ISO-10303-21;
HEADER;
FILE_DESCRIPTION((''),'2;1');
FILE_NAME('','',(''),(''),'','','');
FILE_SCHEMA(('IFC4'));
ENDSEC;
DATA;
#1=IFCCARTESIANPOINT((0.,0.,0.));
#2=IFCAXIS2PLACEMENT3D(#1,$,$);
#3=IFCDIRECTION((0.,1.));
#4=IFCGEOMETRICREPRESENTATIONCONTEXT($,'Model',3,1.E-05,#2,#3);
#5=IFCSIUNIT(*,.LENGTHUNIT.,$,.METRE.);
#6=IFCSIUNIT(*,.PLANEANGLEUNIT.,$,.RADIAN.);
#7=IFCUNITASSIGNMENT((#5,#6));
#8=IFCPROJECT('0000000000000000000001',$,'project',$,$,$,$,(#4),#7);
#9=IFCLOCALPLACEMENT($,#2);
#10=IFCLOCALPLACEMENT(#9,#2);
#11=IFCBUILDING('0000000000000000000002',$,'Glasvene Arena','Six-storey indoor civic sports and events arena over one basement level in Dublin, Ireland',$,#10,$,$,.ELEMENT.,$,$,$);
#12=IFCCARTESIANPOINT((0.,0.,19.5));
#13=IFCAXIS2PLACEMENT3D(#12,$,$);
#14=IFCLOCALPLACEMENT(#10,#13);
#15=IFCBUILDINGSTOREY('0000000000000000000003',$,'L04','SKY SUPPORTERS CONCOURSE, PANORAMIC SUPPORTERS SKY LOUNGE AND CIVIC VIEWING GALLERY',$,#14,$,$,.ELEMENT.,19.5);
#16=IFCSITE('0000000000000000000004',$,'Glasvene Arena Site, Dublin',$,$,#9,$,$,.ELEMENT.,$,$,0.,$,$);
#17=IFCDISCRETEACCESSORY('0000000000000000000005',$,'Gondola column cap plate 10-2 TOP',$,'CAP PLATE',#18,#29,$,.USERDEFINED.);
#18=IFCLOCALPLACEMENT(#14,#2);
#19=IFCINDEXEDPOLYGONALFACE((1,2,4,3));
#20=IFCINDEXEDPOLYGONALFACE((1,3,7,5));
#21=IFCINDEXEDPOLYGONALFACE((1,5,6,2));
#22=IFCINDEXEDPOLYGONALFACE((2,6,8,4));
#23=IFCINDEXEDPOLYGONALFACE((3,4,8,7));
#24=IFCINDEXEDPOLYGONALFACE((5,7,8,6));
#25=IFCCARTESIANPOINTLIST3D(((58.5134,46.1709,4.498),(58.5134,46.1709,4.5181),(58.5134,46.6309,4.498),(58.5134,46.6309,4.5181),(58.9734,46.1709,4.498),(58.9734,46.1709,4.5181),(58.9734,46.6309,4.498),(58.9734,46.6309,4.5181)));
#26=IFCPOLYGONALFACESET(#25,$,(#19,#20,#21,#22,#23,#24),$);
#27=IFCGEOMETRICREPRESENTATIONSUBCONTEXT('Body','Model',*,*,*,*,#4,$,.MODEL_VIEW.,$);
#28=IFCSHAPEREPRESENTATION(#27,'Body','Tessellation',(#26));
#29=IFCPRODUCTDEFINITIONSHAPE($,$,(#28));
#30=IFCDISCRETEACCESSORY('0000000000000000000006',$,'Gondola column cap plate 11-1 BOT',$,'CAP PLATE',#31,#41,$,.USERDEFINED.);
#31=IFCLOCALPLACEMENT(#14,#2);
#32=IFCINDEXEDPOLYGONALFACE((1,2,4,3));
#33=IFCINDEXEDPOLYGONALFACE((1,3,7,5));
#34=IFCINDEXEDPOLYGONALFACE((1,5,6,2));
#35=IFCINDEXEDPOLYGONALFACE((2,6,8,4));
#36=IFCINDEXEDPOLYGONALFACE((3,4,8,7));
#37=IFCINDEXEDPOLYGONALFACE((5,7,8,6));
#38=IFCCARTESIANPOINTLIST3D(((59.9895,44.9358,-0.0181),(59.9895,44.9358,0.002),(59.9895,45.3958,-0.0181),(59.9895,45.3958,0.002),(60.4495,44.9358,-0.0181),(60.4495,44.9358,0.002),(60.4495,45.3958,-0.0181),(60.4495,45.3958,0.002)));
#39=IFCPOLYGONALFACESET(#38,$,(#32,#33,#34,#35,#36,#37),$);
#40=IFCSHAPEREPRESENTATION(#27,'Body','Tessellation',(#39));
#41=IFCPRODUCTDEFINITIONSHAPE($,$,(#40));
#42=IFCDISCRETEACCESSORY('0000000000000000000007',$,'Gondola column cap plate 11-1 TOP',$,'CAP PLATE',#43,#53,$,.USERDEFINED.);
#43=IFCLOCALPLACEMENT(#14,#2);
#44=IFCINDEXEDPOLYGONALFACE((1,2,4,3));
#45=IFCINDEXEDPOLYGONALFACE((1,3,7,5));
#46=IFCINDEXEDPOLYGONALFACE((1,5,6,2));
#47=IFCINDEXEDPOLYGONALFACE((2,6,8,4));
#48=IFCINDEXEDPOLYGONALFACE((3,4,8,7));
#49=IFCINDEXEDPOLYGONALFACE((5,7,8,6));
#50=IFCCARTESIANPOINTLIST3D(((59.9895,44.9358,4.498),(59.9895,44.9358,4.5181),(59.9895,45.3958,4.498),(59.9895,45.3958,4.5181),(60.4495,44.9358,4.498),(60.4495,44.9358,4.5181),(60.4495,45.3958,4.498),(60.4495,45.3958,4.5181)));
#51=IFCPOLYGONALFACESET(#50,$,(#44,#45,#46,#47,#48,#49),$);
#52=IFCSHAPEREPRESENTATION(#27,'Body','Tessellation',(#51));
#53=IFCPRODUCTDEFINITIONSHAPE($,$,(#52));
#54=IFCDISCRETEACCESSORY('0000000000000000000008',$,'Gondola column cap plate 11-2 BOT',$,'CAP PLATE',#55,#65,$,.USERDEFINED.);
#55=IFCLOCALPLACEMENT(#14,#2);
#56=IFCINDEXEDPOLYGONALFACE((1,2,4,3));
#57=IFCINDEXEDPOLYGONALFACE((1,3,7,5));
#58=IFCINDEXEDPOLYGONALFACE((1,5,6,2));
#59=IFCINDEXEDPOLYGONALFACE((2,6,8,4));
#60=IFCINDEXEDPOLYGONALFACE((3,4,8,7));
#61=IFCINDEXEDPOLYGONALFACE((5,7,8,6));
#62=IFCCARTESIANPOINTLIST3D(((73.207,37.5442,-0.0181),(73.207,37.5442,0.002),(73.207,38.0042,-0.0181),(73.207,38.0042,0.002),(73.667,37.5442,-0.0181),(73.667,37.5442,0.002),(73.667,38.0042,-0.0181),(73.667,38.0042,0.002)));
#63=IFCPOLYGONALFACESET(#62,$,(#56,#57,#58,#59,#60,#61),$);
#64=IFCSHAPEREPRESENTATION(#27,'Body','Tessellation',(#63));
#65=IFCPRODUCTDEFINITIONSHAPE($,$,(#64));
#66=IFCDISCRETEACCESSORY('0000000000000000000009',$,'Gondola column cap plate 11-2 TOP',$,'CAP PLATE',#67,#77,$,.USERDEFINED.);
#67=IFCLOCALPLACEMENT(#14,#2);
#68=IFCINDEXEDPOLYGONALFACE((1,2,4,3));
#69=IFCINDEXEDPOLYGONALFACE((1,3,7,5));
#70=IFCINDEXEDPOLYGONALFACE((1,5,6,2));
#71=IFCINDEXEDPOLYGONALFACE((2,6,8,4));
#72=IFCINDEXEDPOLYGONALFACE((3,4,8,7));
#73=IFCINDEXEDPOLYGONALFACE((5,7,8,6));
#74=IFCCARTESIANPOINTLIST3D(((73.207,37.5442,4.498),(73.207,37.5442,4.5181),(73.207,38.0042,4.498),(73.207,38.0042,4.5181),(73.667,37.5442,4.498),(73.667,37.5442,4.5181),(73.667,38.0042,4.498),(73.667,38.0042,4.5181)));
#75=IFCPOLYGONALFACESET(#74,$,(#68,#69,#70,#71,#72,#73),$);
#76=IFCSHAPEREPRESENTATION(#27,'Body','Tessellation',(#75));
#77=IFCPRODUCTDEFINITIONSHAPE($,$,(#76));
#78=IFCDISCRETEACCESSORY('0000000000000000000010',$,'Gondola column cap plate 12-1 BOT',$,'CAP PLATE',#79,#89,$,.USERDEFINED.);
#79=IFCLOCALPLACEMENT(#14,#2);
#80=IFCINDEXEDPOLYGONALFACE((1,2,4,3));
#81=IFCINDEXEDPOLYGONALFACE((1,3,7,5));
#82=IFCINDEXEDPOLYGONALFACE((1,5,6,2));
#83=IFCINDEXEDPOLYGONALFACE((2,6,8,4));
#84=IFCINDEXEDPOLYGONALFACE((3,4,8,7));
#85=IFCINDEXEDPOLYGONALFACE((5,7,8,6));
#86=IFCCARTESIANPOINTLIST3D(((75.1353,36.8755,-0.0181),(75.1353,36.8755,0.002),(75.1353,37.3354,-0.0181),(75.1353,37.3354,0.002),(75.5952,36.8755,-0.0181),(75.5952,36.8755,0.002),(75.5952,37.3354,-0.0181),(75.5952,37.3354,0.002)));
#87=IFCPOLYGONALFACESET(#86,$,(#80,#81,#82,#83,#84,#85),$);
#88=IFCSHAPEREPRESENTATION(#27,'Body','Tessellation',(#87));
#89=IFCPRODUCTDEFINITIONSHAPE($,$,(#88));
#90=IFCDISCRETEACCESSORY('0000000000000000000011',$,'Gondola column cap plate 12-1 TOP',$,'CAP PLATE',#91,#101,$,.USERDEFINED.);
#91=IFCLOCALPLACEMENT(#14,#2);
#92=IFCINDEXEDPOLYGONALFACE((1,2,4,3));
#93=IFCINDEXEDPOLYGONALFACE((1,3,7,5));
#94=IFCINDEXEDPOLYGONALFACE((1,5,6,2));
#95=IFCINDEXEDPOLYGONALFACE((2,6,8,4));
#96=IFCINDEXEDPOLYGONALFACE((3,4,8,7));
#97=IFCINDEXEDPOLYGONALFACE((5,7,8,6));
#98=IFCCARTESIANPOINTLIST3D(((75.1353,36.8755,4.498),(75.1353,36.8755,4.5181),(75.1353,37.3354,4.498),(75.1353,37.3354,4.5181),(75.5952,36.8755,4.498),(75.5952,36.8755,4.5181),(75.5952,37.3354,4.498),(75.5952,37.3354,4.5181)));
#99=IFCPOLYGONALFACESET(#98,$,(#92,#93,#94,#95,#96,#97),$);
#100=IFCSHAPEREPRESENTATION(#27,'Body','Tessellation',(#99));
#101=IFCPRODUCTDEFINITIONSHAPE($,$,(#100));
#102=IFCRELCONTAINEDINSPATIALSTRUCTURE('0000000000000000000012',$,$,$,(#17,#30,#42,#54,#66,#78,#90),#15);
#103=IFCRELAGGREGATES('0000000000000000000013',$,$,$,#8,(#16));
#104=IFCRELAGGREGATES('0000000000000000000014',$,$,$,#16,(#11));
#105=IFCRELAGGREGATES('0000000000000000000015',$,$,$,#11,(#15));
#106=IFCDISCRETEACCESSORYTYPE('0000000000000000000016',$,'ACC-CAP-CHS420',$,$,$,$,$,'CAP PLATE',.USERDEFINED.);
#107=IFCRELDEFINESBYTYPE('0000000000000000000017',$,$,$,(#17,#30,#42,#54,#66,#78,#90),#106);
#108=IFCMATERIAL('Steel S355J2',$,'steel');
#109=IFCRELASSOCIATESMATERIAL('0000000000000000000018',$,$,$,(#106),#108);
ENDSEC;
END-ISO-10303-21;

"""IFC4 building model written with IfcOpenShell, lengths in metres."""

from ifc_helpers import new_model, si_unit, direction, frame, origin, origin_2d, place, context, subcontext, project, spatial, rectangle, extrude, material, type_object, element, save


model = new_model("IFC4")

# Units and contexts
model_context = context("Model", 3, precision=1e-05, world=origin(), true_north=direction((0.0, 1.0)))
body_context = subcontext(model_context, "Body", "Model", "MODEL_VIEW")
ifc_project = project(units=[si_unit("LENGTHUNIT", "METRE"), si_unit("PLANEANGLEUNIT", "RADIAN")], contexts=[model_context])

# Site, building, storey
site_placement = place(None, origin())
site = spatial("IfcSite", under=ifc_project, at=site_placement, Name="Glasvene Arena Site, Dublin", CompositionType="ELEMENT", RefElevation=0.0)
building_placement = place(site_placement, origin())
building = spatial("IfcBuilding", under=site, at=building_placement, Name="Glasvene Arena", Description="Six-storey indoor civic sports and events arena over one basement level in Dublin, Ireland", CompositionType="ELEMENT")
storey_placement = place(building_placement, frame((0.0, 0.0, 19.5)))
storey = spatial("IfcBuildingStorey", under=building, at=storey_placement, Name="L04", Description="SKY SUPPORTERS CONCOURSE, PANORAMIC SUPPORTERS SKY LOUNGE AND CIVIC VIEWING GALLERY", CompositionType="ELEMENT", Elevation=19.5)

# Shared definitions
ifc_material_1 = material(Name="Steel S355J2", Category="steel")

# Discrete accessories
discrete_accessory_type = type_object("IfcDiscreteAccessoryType", Name="ACC-CAP-CHS420", ElementType="CAP PLATE", PredefinedType="USERDEFINED", material=ifc_material_1)
for number, where, z_axis, x_axis, name in (
    (1, (58.7434, 46.4009, 4.498), (0.0, 0.0, 1.0), (1.0, 0.0, 0.0), "Gondola column cap plate 10-2 TOP"),
    (2, (60.2195, 45.1658, -0.0181), (0.0, 0.0, 1.0), (1.0, 0.0, 0.0), "Gondola column cap plate 11-1 BOT"),
    (3, (60.2195, 45.1658, 4.498), (0.0, 0.0, 1.0), (1.0, 0.0, 0.0), "Gondola column cap plate 11-1 TOP"),
    (4, (73.437, 37.7742, -0.0181), (0.0, 0.0, 1.0), (1.0, 0.0, 0.0), "Gondola column cap plate 11-2 BOT"),
    (5, (73.437, 37.7742, 4.498), (0.0, 0.0, 1.0), (1.0, 0.0, 0.0), "Gondola column cap plate 11-2 TOP"),
    (6, (75.3652, 37.1055, -0.0181), (0.0, 0.0, 1.0), (1.0, 0.0, 0.0), "Gondola column cap plate 12-1 BOT"),
    (7, (75.3652, 37.1055, 4.498), (0.0, 0.0, 1.0), (1.0, 0.0, 0.0), "Gondola column cap plate 12-1 TOP"),
):
    element("IfcDiscreteAccessory", number, at=place(storey_placement, frame(where, z_axis=z_axis, x_axis=x_axis)), inside=storey, type_object=discrete_accessory_type, Name=name, ObjectType="CAP PLATE", PredefinedType="USERDEFINED", context=body_context, shape_type="SweptSolid", body=[
        extrude(rectangle(XDim=0.46, YDim=0.46, at=origin_2d()), origin(), (0.0, 0.0, 1.0), 0.02),
    ])

save(model, "model.ifc")
